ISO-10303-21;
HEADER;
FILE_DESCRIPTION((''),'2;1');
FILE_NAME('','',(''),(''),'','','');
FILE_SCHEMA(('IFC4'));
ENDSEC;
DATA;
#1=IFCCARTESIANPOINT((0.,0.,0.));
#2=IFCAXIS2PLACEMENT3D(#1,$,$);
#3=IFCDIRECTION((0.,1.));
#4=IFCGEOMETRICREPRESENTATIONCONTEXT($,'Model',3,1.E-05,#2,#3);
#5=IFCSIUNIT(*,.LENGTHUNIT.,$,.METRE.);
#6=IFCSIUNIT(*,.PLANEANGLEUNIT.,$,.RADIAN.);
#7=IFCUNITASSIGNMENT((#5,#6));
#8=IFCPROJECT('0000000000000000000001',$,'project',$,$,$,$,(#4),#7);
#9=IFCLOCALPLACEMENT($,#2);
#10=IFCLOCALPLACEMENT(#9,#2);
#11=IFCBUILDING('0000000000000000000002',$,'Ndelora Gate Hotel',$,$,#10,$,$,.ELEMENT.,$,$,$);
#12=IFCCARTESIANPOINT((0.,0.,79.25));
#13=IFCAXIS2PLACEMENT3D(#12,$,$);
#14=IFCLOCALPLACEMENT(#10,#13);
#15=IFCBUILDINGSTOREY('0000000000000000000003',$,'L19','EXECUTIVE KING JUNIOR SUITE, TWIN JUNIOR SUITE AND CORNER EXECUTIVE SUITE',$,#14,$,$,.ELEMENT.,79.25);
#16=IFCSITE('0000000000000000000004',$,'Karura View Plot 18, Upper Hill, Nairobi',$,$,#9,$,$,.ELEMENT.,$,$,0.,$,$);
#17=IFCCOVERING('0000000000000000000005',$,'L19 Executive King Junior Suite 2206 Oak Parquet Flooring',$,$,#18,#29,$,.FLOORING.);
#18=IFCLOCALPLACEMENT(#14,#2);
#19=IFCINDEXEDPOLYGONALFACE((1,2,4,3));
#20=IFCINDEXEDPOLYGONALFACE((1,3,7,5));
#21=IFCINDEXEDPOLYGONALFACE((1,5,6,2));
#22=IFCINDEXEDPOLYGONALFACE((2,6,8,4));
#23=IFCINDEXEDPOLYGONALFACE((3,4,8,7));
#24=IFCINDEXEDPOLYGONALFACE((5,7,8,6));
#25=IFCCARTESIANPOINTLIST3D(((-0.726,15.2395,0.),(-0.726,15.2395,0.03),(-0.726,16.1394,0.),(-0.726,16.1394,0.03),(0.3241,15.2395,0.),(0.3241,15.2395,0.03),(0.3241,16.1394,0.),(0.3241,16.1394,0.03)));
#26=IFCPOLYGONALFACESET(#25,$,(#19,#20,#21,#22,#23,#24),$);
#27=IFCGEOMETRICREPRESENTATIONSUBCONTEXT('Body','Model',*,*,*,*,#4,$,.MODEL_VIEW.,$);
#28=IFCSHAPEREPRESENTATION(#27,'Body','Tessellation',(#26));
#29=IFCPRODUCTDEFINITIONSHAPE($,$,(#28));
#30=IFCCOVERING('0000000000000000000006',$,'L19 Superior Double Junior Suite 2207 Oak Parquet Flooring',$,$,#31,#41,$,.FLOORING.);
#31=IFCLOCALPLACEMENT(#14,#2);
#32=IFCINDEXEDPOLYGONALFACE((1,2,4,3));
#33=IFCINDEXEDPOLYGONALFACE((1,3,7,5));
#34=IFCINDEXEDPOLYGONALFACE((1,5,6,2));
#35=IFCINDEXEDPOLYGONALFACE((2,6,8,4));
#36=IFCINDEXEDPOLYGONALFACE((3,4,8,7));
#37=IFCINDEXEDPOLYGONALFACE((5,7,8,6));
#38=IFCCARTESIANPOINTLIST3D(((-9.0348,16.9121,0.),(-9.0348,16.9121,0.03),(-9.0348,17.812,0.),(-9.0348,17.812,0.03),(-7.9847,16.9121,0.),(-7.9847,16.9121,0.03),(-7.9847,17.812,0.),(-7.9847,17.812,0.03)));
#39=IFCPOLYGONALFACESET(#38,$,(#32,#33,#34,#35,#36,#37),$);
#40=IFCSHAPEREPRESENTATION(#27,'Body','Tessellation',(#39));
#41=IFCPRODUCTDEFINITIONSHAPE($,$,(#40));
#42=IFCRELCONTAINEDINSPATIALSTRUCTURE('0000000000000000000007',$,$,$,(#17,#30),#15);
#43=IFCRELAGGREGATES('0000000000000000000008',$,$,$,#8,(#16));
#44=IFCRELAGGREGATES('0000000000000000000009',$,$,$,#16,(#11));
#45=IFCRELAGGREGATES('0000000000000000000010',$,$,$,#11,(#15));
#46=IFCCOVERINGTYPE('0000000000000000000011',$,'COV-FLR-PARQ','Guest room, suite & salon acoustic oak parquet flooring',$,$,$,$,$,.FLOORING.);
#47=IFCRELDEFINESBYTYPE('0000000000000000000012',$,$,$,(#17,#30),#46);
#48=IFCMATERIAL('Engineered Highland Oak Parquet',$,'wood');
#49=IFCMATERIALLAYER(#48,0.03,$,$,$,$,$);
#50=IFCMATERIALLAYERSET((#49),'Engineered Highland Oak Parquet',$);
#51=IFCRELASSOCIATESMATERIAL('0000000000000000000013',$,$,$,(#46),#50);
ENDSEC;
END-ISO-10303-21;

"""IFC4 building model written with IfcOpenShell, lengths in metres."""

from ifc_helpers import new_model, si_unit, direction, frame, origin, origin_2d, place, context, subcontext, project, spatial, rectangle, extrude, material, layer, layer_set, type_object, element, save


model = new_model("IFC4")

# Units and contexts
model_context = context("Model", 3, precision=1e-05, world=origin(), true_north=direction((0.0, 1.0)))
body_context = subcontext(model_context, "Body", "Model", "MODEL_VIEW")
ifc_project = project(units=[si_unit("LENGTHUNIT", "METRE"), si_unit("PLANEANGLEUNIT", "RADIAN")], contexts=[model_context])

# Site, building, storey
site_placement = place(None, origin())
site = spatial("IfcSite", under=ifc_project, at=site_placement, Name="Karura View Plot 18, Upper Hill, Nairobi", CompositionType="ELEMENT", RefElevation=0.0)
building_placement = place(site_placement, origin())
building = spatial("IfcBuilding", under=site, at=building_placement, Name="Ndelora Gate Hotel", CompositionType="ELEMENT")
storey_placement = place(building_placement, frame((0.0, 0.0, 79.25)))
storey = spatial("IfcBuildingStorey", under=building, at=storey_placement, Name="L19", Description="EXECUTIVE KING JUNIOR SUITE, TWIN JUNIOR SUITE AND CORNER EXECUTIVE SUITE", CompositionType="ELEMENT", Elevation=79.25)

# Coverings
ifc_material_1 = material(Name="Engineered Highland Oak Parquet", Category="wood")
ifc_layer_1 = layer(ifc_material_1, 0.03)
ifc_layer_set_1 = layer_set([ifc_layer_1], Name="Engineered Highland Oak Parquet")
covering_type_1 = type_object("IfcCoveringType", Name="COV-FLR-PARQ", Description="Guest room, suite & salon acoustic oak parquet flooring", PredefinedType="FLOORING", material=ifc_layer_set_1)
for number, where, z_axis, x_axis, name in (
    (1, (-0.2009, 15.6895, 0.0), (0.0, 0.0, 1.0), (1.0, 0.0, 0.0), "L19 Executive King Junior Suite 2206 Oak Parquet Flooring"),
    (2, (-8.5098, 17.3621, 0.0), (0.0, 0.0, 1.0), (1.0, 0.0, 0.0), "L19 Superior Double Junior Suite 2207 Oak Parquet Flooring"),
):
    element("IfcCovering", number, at=place(storey_placement, frame(where, z_axis=z_axis, x_axis=x_axis)), inside=storey, type_object=covering_type_1, Name=name, PredefinedType="FLOORING", context=body_context, shape_type="SweptSolid", body=[
        extrude(rectangle(XDim=1.05, YDim=0.8999, at=origin_2d()), origin(), (0.0, 0.0, 1.0), 0.03),
    ])

save(model, "model.ifc")
